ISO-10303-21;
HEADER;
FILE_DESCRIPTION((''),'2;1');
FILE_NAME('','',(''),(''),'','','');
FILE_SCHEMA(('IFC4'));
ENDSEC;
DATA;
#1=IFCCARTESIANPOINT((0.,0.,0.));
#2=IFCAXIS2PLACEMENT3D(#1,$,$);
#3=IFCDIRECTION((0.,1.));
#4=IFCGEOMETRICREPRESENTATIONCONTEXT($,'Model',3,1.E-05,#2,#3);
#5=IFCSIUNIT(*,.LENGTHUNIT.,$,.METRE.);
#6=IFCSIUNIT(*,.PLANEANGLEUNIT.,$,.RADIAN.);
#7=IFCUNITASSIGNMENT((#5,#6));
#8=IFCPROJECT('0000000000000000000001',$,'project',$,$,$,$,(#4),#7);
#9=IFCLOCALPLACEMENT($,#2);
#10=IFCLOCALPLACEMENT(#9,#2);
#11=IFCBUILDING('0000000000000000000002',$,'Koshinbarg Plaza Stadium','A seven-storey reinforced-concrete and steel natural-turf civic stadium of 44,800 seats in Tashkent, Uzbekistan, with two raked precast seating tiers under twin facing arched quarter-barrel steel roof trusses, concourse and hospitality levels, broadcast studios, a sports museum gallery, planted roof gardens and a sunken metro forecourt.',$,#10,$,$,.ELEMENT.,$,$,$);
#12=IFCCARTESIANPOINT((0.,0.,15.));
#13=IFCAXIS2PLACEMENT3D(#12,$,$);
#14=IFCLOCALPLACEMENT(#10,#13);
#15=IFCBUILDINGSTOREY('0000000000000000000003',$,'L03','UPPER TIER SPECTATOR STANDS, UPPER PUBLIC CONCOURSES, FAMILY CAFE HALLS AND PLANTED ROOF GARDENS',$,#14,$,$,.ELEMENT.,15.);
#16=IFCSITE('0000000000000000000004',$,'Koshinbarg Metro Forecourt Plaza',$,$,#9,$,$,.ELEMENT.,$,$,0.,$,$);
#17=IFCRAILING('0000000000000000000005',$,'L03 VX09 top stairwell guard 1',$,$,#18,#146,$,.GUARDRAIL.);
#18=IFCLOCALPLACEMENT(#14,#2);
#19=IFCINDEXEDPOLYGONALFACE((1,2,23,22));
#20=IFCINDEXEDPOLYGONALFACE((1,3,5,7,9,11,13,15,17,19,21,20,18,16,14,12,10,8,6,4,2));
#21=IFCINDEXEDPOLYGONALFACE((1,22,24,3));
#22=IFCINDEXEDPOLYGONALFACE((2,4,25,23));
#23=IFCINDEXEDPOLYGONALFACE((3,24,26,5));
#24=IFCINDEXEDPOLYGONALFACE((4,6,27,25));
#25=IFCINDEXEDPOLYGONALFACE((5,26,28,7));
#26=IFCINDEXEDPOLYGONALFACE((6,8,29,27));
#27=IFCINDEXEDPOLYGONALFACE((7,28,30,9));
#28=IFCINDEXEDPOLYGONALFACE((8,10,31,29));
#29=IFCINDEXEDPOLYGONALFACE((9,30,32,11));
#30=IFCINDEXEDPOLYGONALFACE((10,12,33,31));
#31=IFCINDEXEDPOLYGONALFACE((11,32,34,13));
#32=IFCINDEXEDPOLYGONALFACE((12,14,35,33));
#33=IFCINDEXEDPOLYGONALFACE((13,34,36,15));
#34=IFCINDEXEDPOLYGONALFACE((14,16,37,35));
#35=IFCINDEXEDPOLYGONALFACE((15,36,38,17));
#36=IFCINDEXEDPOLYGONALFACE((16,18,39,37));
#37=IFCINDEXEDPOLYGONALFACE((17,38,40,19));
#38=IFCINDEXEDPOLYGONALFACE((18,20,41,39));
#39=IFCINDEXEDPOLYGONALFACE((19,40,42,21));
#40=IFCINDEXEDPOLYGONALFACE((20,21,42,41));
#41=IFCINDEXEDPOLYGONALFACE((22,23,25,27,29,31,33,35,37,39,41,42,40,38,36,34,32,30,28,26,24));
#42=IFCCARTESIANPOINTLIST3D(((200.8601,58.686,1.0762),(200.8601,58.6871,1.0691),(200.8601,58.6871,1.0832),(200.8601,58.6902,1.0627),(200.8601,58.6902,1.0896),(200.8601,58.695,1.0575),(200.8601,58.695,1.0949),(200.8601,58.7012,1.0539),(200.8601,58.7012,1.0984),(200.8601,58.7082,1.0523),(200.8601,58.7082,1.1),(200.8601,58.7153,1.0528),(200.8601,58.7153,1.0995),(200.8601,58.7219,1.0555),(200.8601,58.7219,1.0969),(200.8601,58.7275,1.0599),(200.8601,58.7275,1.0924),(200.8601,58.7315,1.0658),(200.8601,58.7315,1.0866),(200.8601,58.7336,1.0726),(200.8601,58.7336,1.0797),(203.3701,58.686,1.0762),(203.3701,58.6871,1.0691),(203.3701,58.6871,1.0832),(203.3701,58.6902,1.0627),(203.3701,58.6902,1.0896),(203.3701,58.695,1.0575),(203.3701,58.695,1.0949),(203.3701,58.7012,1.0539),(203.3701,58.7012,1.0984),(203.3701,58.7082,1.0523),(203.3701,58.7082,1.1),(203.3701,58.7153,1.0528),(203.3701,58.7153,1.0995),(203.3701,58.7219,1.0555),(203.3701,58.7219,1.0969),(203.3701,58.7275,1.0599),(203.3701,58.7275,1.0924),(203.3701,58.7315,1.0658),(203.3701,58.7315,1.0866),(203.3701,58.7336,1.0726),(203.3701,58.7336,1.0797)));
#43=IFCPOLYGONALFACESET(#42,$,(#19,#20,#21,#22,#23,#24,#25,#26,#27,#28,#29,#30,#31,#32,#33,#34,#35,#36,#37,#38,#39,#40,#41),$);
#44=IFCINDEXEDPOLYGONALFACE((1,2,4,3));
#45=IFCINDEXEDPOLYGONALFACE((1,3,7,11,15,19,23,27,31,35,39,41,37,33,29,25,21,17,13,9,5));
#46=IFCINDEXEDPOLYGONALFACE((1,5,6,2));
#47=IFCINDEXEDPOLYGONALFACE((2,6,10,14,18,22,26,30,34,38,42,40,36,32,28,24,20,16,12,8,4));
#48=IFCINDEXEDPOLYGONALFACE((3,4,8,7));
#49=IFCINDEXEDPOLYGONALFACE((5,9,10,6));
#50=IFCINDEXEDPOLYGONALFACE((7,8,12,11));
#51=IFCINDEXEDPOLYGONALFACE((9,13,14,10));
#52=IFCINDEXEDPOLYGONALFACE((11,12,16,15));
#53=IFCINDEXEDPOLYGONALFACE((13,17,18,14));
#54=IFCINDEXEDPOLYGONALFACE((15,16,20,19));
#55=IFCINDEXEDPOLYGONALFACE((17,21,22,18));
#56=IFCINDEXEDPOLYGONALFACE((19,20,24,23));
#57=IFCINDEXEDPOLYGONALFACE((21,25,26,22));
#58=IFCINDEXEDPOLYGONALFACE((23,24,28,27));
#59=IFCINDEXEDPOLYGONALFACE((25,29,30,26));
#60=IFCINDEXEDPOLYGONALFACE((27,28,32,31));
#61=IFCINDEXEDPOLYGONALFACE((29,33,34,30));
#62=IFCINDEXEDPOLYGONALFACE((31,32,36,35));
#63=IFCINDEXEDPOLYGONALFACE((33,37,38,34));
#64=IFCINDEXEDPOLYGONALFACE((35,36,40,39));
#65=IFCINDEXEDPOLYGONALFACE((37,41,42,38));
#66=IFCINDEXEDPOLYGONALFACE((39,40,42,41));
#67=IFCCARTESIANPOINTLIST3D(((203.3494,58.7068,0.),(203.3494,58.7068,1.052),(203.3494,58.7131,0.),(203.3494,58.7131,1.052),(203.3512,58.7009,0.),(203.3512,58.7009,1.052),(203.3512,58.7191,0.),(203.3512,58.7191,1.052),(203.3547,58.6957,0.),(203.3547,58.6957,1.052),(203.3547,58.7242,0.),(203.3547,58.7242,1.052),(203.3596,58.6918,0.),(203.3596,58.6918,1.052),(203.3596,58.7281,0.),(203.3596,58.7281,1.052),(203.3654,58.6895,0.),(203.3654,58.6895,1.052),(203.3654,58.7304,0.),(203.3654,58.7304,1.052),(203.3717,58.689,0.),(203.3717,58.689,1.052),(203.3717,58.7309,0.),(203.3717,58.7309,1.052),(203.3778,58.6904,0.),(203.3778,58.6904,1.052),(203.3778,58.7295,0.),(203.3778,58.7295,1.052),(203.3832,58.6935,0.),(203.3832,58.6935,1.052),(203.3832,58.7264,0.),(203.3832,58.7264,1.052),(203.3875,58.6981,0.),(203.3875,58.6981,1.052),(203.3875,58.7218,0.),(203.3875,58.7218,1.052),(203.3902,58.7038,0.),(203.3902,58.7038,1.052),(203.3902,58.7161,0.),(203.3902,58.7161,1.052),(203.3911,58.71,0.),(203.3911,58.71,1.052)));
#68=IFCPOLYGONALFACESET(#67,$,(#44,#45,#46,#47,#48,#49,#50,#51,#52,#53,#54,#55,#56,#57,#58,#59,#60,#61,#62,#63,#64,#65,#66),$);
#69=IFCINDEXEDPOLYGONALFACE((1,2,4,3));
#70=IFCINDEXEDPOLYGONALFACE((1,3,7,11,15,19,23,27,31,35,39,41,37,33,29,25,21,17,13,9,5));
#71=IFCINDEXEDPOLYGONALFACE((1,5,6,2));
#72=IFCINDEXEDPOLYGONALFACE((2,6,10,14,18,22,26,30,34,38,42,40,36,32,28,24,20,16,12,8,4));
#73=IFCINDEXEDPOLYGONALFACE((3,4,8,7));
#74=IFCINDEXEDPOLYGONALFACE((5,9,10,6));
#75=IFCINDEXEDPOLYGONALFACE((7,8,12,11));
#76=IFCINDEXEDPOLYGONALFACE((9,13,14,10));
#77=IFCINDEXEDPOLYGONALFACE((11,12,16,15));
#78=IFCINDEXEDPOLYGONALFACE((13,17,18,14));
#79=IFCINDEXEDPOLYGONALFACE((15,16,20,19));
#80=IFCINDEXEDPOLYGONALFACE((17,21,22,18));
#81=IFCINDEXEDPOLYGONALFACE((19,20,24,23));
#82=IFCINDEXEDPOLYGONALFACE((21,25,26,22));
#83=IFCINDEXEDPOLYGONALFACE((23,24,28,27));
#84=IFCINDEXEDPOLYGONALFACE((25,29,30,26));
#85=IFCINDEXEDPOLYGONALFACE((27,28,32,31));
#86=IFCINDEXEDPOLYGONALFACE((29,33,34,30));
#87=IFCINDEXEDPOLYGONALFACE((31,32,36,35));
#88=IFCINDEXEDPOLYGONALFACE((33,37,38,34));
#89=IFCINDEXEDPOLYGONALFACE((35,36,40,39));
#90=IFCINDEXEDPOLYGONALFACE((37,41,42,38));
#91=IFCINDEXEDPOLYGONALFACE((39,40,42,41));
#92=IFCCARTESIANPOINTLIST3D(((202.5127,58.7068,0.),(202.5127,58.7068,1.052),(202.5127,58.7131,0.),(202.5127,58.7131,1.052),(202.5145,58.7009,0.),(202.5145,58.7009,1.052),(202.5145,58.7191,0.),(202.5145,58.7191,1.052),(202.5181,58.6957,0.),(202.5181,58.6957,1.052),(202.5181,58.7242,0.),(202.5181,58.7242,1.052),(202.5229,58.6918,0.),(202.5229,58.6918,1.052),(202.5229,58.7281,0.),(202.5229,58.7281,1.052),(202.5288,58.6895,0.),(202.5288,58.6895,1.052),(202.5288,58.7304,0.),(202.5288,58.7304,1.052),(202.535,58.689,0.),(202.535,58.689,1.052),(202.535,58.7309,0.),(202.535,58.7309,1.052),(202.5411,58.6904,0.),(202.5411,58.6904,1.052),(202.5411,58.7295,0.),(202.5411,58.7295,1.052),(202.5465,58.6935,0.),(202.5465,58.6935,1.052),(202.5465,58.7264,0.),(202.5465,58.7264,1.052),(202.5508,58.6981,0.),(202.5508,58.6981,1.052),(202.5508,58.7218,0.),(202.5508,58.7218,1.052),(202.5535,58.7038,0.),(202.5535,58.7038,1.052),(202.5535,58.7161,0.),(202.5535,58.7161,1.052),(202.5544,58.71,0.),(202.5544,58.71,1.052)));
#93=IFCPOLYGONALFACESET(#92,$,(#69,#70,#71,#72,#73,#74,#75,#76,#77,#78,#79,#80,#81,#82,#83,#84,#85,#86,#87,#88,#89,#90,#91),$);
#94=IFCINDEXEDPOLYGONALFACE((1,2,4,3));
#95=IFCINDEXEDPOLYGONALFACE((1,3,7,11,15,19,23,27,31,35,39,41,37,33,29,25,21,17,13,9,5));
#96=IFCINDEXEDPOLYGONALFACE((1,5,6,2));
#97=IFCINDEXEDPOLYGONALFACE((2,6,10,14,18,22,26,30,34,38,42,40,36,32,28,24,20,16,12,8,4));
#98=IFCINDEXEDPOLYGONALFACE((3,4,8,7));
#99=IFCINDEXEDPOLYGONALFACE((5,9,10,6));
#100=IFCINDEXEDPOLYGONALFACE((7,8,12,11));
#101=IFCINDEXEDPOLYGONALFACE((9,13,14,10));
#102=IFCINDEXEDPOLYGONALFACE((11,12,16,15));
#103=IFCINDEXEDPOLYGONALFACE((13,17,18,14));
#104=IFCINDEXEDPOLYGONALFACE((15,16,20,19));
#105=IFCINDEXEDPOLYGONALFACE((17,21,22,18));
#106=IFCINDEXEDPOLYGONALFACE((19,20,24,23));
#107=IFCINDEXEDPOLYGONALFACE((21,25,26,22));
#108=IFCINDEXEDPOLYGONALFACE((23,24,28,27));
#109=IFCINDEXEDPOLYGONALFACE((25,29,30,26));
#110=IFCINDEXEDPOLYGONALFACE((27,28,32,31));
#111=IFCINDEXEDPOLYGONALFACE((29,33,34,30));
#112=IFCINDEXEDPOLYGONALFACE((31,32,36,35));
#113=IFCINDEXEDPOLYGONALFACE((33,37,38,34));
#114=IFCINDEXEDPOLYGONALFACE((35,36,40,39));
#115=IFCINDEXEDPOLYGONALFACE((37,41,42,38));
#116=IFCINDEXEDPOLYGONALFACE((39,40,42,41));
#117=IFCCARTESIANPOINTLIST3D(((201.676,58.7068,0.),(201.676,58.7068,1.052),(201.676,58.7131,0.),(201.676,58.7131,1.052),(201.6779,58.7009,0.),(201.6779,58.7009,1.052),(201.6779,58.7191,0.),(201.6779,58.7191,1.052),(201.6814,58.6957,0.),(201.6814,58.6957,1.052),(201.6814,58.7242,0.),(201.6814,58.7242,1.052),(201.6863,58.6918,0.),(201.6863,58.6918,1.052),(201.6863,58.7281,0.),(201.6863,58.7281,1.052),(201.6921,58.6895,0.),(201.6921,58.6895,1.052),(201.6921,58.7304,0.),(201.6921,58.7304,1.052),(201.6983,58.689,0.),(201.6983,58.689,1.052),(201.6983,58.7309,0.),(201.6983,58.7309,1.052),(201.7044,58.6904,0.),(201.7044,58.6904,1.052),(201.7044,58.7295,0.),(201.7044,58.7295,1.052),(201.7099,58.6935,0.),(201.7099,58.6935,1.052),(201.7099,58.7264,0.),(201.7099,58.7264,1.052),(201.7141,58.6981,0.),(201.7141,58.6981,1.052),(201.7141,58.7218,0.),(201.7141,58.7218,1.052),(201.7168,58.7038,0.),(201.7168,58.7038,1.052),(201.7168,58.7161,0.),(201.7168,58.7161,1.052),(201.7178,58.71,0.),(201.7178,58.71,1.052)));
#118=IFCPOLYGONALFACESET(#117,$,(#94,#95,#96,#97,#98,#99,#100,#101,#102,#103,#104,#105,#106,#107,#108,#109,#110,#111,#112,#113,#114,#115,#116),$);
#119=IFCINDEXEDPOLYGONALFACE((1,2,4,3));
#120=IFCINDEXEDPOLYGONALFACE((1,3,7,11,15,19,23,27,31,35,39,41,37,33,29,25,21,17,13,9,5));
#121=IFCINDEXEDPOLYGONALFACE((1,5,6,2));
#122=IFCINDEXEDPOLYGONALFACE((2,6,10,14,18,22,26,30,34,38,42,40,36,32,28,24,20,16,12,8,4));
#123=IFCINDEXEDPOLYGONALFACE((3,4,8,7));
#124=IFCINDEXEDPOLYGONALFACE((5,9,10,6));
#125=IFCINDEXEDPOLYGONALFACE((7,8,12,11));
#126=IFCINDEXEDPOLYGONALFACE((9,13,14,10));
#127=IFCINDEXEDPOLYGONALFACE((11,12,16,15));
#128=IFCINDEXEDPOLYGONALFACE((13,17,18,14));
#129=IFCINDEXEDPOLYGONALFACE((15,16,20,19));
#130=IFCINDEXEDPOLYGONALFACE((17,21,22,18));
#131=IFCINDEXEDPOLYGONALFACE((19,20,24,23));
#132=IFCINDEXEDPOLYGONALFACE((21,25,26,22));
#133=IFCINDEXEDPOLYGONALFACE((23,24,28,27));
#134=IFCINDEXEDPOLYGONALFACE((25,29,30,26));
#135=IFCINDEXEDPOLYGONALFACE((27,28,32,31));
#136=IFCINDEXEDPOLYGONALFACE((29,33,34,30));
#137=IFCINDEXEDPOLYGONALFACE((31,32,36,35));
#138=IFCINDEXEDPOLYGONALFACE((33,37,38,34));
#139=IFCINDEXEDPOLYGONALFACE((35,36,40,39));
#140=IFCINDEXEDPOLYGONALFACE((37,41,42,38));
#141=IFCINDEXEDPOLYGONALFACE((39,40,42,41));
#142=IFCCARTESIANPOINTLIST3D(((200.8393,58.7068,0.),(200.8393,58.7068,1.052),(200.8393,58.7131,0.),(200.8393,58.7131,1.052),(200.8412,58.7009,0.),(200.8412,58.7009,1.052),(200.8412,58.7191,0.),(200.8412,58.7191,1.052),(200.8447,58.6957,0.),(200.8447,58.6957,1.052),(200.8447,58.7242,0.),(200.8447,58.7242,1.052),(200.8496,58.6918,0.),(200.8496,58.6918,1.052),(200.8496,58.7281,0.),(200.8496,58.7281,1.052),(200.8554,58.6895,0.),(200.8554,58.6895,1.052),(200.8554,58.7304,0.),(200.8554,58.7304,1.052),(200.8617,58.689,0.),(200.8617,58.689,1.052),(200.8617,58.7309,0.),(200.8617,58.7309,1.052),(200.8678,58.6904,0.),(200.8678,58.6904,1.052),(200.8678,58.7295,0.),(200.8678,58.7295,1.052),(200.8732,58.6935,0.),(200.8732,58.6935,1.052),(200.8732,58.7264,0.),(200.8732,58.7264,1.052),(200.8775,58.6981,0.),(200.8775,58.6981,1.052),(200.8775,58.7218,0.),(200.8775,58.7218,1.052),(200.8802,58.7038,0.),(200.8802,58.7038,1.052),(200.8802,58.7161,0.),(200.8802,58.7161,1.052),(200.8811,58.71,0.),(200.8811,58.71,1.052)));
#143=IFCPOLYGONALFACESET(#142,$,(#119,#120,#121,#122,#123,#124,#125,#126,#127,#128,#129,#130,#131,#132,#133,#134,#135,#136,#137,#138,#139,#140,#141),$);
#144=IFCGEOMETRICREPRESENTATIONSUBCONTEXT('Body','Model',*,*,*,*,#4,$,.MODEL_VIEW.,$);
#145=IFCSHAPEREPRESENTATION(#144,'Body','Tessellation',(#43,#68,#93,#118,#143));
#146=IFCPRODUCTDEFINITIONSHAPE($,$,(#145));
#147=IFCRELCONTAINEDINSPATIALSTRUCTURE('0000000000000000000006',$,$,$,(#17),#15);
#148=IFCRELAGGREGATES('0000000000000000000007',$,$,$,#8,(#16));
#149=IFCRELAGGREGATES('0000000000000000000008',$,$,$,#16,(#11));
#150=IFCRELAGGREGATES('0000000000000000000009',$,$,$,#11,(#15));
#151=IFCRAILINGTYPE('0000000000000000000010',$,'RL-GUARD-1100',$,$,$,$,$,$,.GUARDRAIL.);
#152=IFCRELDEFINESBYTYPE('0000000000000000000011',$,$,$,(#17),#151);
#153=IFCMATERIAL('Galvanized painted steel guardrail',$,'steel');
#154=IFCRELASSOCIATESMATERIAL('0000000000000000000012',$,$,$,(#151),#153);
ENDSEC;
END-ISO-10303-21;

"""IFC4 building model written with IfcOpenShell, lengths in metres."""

from ifc_helpers import new_model, si_unit, direction, frame, origin, origin_2d, place, context, subcontext, project, spatial, circle, extrude, material, type_object, element, save


model = new_model("IFC4")

# Units and contexts
model_context = context("Model", 3, precision=1e-05, world=origin(), true_north=direction((0.0, 1.0)))
body_context = subcontext(model_context, "Body", "Model", "MODEL_VIEW")
ifc_project = project(units=[si_unit("LENGTHUNIT", "METRE"), si_unit("PLANEANGLEUNIT", "RADIAN")], contexts=[model_context])

# Site, building, storey
site_placement = place(None, origin())
site = spatial("IfcSite", under=ifc_project, at=site_placement, Name="Koshinbarg Metro Forecourt Plaza", CompositionType="ELEMENT", RefElevation=0.0)
building_placement = place(site_placement, origin())
building = spatial("IfcBuilding", under=site, at=building_placement, Name="Koshinbarg Plaza Stadium", Description="A seven-storey reinforced-concrete and steel natural-turf civic stadium of 44,800 seats in Tashkent, Uzbekistan, with two raked precast seating tiers under twin facing arched quarter-barrel steel roof trusses, concourse and hospitality levels, broadcast studios, a sports museum gallery, planted roof gardens and a sunken metro forecourt.", CompositionType="ELEMENT")
storey_placement = place(building_placement, frame((0.0, 0.0, 15.0)))
storey = spatial("IfcBuildingStorey", under=building, at=storey_placement, Name="L03", Description="UPPER TIER SPECTATOR STANDS, UPPER PUBLIC CONCOURSES, FAMILY CAFE HALLS AND PLANTED ROOF GARDENS", CompositionType="ELEMENT", Elevation=15.0)

# Railing
ifc_material_1 = material(Name="Galvanized painted steel guardrail", Category="steel")
railing_type_1 = type_object("IfcRailingType", Name="RL-GUARD-1100", PredefinedType="GUARDRAIL", material=ifc_material_1)
railing_1_placement = place(storey_placement, frame((203.3701, 58.71, 0.0)))
element("IfcRailing", 1, at=railing_1_placement, inside=storey, type_object=railing_type_1, Name="L03 VX09 top stairwell guard 1", PredefinedType="GUARDRAIL", context=body_context, shape_type="SweptSolid", body=[
    extrude(circle(Radius=0.0239, at=origin_2d()), frame((0.0, 0.0, 1.0762), z_axis=(-1.0, 0.0, 0.0), x_axis=(0.0, -1.0, 0.0)), (0.0, 0.0, 1.0), 2.51),
    extrude(circle(Radius=0.021, at=origin_2d()), origin(), (0.0, 0.0, 1.0), 1.052),
    extrude(circle(Radius=0.021, at=origin_2d()), frame((-0.8367, 0.0, 0.0)), (0.0, 0.0, 1.0), 1.052),
    extrude(circle(Radius=0.021, at=origin_2d()), frame((-1.6733, 0.0, 0.0)), (0.0, 0.0, 1.0), 1.052),
    extrude(circle(Radius=0.021, at=origin_2d()), frame((-2.51, 0.0, 0.0)), (0.0, 0.0, 1.0), 1.052),
])

save(model, "model.ifc")
